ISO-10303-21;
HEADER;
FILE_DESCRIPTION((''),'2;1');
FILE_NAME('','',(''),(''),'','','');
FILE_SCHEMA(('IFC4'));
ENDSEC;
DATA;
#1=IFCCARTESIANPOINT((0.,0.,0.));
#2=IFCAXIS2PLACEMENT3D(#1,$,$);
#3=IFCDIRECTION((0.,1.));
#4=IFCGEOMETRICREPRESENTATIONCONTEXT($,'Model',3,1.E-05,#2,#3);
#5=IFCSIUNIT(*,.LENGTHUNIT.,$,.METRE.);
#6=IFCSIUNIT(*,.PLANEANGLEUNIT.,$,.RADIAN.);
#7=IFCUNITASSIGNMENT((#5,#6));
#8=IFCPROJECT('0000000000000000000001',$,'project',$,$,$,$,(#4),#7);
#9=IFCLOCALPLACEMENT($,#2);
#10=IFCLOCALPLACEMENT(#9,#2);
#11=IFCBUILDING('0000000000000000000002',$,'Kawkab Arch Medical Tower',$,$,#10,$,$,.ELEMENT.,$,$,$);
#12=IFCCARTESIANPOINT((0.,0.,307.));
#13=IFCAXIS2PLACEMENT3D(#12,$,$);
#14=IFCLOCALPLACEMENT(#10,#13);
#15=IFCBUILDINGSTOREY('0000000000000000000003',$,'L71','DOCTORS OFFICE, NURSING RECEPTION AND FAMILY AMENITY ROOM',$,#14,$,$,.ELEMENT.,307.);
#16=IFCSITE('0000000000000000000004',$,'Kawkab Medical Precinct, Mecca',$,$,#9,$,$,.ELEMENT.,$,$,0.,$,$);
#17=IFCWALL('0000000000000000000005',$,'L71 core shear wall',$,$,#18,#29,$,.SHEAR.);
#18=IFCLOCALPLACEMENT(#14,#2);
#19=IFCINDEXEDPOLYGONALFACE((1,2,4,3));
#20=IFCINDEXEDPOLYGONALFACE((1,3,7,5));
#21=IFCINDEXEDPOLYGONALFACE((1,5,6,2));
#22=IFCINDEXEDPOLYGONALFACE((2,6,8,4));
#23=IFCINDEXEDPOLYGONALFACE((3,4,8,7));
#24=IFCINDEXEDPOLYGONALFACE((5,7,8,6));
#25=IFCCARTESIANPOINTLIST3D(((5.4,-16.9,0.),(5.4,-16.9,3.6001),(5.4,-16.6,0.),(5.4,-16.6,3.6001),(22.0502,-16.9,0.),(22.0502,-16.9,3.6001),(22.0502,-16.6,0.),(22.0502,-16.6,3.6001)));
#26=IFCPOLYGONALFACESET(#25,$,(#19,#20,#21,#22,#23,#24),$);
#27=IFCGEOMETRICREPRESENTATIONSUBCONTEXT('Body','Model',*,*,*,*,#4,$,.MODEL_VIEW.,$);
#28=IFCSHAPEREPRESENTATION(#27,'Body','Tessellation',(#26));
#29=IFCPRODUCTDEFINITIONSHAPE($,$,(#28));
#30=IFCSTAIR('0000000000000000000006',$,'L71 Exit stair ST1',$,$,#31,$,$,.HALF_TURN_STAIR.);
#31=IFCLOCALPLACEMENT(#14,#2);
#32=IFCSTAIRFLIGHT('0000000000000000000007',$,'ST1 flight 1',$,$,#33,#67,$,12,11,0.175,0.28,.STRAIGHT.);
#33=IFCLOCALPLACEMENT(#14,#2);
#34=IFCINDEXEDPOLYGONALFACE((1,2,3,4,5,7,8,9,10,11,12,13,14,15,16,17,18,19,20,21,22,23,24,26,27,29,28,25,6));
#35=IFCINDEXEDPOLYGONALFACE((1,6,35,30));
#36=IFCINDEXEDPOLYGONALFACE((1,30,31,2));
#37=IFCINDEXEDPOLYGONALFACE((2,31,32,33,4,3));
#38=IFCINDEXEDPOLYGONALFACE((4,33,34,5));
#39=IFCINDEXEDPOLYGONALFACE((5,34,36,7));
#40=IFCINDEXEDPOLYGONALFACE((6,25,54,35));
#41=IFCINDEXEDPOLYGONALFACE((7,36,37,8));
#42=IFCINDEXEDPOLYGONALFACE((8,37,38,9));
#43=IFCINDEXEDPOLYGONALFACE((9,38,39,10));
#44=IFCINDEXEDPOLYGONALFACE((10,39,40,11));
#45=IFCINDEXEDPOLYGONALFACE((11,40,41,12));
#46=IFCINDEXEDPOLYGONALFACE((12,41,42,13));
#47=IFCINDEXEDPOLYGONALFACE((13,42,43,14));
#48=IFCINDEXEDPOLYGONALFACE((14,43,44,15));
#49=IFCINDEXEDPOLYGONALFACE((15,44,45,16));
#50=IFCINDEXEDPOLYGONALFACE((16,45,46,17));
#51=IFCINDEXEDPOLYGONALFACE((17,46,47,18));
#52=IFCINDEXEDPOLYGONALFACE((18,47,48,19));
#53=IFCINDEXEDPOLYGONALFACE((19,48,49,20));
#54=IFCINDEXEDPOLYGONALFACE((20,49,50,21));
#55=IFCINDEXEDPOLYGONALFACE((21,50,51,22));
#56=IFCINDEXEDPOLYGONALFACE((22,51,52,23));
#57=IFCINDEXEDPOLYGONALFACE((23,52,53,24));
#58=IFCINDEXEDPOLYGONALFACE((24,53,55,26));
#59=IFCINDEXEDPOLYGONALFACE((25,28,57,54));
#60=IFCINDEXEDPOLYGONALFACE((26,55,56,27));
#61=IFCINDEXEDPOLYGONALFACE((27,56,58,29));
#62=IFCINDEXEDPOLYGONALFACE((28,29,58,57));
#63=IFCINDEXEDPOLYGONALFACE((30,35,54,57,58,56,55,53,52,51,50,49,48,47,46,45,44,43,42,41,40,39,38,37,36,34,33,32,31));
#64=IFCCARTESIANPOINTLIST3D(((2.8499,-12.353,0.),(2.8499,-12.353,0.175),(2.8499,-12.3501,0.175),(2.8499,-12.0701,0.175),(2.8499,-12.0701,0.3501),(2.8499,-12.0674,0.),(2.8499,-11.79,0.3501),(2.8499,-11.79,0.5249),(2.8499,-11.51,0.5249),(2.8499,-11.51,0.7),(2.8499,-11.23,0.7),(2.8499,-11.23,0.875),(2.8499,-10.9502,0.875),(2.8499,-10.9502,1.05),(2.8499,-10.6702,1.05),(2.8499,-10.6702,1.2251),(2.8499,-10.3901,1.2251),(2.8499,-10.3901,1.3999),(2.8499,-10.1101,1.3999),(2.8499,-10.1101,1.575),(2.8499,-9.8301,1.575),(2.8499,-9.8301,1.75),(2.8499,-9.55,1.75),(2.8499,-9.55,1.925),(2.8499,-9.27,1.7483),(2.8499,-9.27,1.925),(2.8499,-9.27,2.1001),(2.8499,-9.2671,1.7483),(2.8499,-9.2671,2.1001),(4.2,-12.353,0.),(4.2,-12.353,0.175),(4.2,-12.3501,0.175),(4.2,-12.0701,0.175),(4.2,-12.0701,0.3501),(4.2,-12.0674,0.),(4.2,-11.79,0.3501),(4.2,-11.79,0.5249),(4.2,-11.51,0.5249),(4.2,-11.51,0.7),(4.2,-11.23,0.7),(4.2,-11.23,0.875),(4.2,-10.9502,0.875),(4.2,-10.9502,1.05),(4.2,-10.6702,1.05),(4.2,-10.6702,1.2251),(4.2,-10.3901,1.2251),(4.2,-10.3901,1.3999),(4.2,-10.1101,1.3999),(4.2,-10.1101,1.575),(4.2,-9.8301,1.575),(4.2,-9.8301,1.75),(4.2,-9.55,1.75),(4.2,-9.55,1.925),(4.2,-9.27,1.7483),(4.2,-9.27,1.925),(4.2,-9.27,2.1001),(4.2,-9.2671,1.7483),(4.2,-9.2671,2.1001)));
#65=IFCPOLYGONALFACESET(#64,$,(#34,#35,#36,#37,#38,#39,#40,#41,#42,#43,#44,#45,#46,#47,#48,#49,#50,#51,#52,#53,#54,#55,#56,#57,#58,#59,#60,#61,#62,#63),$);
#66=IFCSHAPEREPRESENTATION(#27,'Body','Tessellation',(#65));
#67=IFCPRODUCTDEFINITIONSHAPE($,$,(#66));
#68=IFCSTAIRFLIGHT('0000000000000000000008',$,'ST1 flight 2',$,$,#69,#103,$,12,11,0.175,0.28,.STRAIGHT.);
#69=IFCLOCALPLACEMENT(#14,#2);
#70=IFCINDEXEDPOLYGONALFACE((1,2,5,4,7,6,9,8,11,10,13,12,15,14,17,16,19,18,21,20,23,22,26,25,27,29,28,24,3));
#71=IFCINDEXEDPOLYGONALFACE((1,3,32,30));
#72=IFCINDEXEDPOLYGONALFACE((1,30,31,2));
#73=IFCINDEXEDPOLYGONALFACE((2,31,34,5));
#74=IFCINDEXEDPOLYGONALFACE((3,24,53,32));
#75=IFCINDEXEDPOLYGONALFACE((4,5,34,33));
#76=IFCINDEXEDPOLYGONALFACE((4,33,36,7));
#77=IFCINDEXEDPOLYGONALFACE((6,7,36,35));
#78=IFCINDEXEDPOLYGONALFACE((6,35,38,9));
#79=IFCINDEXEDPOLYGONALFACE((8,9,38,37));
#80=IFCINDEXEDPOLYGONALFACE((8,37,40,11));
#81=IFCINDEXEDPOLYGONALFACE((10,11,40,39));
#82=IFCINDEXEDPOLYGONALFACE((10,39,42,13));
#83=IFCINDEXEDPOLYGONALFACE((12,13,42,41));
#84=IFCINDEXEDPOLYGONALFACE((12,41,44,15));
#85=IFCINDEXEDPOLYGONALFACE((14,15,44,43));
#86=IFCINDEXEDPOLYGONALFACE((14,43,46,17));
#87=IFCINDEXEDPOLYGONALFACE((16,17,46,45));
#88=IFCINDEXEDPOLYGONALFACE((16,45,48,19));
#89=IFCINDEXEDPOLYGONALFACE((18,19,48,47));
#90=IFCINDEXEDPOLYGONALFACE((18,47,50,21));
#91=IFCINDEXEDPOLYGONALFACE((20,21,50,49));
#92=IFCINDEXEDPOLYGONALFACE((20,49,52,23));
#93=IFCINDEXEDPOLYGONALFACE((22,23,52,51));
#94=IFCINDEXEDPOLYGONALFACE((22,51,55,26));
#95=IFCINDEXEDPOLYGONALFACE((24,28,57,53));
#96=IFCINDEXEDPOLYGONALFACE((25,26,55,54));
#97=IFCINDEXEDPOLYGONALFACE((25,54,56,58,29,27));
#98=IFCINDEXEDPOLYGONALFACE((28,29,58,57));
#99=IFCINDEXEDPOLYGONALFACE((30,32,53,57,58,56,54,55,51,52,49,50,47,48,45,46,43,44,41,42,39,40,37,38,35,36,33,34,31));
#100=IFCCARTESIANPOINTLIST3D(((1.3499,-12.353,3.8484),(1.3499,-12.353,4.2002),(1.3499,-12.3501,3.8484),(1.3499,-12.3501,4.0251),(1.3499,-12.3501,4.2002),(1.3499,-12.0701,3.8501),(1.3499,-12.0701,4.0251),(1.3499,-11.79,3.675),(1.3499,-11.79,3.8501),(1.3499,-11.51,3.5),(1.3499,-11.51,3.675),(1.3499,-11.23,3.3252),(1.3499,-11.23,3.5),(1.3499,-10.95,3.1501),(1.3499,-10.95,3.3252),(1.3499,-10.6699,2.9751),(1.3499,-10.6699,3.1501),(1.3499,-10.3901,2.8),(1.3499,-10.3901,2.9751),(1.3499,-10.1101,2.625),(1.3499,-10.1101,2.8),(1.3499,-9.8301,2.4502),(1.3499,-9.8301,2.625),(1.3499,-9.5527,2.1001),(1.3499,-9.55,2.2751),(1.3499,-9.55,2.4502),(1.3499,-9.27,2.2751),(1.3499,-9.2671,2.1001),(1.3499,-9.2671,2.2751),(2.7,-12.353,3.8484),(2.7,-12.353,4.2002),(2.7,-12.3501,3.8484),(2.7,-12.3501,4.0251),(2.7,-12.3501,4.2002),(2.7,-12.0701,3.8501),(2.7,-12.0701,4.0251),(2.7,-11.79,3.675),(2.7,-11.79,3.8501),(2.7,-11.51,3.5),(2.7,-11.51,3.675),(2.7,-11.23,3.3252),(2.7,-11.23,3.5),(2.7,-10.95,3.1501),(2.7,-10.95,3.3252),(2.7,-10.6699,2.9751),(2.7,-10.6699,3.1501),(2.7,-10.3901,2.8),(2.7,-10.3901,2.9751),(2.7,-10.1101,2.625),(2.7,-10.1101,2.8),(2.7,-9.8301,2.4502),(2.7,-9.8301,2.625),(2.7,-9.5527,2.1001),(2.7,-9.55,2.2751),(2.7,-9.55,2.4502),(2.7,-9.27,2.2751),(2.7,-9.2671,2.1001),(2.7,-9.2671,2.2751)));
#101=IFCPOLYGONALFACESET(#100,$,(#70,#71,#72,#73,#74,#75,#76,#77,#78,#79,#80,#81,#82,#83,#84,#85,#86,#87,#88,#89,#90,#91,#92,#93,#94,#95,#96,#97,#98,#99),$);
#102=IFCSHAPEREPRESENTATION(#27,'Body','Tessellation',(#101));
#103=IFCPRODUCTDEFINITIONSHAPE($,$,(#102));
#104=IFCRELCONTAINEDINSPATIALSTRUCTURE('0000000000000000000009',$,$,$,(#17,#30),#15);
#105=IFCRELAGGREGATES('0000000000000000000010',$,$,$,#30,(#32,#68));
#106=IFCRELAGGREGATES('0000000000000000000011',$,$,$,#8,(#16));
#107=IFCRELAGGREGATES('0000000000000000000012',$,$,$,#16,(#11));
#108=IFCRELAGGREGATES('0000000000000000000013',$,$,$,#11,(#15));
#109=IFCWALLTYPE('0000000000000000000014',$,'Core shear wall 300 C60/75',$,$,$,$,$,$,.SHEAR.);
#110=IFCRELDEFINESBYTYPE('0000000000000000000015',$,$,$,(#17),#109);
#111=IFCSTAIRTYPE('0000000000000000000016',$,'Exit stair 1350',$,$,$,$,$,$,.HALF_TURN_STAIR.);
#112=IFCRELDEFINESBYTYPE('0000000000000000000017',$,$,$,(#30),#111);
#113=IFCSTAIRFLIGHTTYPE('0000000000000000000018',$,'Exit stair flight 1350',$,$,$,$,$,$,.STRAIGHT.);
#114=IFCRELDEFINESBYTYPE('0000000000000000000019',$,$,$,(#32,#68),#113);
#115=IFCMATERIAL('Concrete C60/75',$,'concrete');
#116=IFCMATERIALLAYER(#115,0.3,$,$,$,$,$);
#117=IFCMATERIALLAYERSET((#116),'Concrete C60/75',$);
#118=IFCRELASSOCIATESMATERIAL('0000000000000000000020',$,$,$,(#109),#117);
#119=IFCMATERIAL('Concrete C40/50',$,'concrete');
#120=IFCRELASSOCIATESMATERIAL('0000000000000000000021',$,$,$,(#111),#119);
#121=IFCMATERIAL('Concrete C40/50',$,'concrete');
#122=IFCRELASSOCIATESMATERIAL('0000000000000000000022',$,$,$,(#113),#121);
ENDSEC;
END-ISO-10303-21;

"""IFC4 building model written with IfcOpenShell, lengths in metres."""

from ifc_helpers import new_model, si_unit, direction, frame, frame_2d, origin, place, context, subcontext, project, spatial, polyline, rectangle, outline, extrude, material, layer, layer_set, type_object, element, aggregate, save


model = new_model("IFC4")

# Units and contexts
model_context = context("Model", 3, precision=1e-05, world=origin(), true_north=direction((0.0, 1.0)))
body_context = subcontext(model_context, "Body", "Model", "MODEL_VIEW")
ifc_project = project(units=[si_unit("LENGTHUNIT", "METRE"), si_unit("PLANEANGLEUNIT", "RADIAN")], contexts=[model_context])

# Site, building, storey
site_placement = place(None, origin())
site = spatial("IfcSite", under=ifc_project, at=site_placement, Name="Kawkab Medical Precinct, Mecca", CompositionType="ELEMENT", RefElevation=0.0)
building_placement = place(site_placement, origin())
building = spatial("IfcBuilding", under=site, at=building_placement, Name="Kawkab Arch Medical Tower", CompositionType="ELEMENT")
storey_placement = place(building_placement, frame((0.0, 0.0, 307.0)))
storey = spatial("IfcBuildingStorey", under=building, at=storey_placement, Name="L71", Description="DOCTORS OFFICE, NURSING RECEPTION AND FAMILY AMENITY ROOM", CompositionType="ELEMENT", Elevation=307.0)

# Shared definitions
ifc_material_1 = material(Name="Concrete C60/75", Category="concrete")
ifc_layer_1 = layer(ifc_material_1, 0.3)
ifc_layer_set_1 = layer_set([ifc_layer_1], Name="Concrete C60/75")
wall_type_1 = type_object("IfcWallType", Name="Core shear wall 300 C60/75", PredefinedType="SHEAR", material=ifc_layer_set_1)

# Wall
wall_1_placement = place(storey_placement, frame((5.3999, -16.75, 0.0), z_axis=(0.0, 0.0, 1.0), x_axis=(1.0, 0.0, 0.0)))
element("IfcWall", 1, at=wall_1_placement, inside=storey, type_object=wall_type_1, Name="L71 core shear wall", PredefinedType="SHEAR", context=body_context, shape_type="SweptSolid", body=[
    extrude(rectangle(XDim=16.6501, YDim=0.3, at=frame_2d((8.3252, 0.0))), origin(), (0.0, 0.0, 1.0), 3.6001),
])

# Stair, stair flights
ifc_material_2 = material(Name="Concrete C40/50", Category="concrete")
stair_type = type_object("IfcStairType", Name="Exit stair 1350", PredefinedType="HALF_TURN_STAIR", material=ifc_material_2)
stair_placement = place(storey_placement, origin())
stair = element("IfcStair", 2, at=stair_placement, inside=storey, type_object=stair_type, Name="L71 Exit stair ST1", PredefinedType="HALF_TURN_STAIR")
ifc_material_3 = material(Name="Concrete C40/50", Category="concrete")
stair_flight_type = type_object("IfcStairFlightType", Name="Exit stair flight 1350", PredefinedType="STRAIGHT", material=ifc_material_3)
stair_flight_1_placement = place(storey_placement, frame((3.5249, -12.3501, 0.0), z_axis=(0.0, 0.0, 1.0), x_axis=(0.0, 1.0, 0.0)))
stair_flight_1 = element("IfcStairFlight", 3, at=stair_flight_1_placement, type_object=stair_flight_type, Name="ST1 flight 1", NumberOfRisers=12, NumberOfTreads=11, PredefinedType="STRAIGHT", RiserHeight=0.175, TreadLength=0.28, context=body_context, shape_type="SweptSolid", body=[
    extrude(outline(polyline([(-0.0029, 0.0), (-0.0029, 0.175), (0.0, 0.175), (0.28, 0.175), (0.28, 0.3501), (0.5601, 0.3501), (0.5601, 0.5249), (0.8401, 0.5249), (0.8401, 0.7), (1.1201, 0.7), (1.1201, 0.875), (1.3999, 0.875), (1.3999, 1.05), (1.6799, 1.05), (1.6799, 1.2251), (1.96, 1.2251), (1.96, 1.3999), (2.24, 1.3999), (2.24, 1.575), (2.52, 1.575), (2.52, 1.75), (2.8, 1.75), (2.8, 1.925), (3.0801, 1.925), (3.0801, 2.1001), (3.083, 2.1001), (3.083, 1.7483), (3.0801, 1.7483), (0.2827, 0.0), (-0.0029, 0.0)])), frame((0.0, 0.675, 0.0), z_axis=(0.0, -1.0, 0.0), x_axis=(1.0, 0.0, 0.0)), (0.0, 0.0, 1.0), 1.3501),
])
stair_flight_2_placement = place(storey_placement, frame((2.0249, -9.27, 2.1001), z_axis=(0.0, 0.0, 1.0), x_axis=(0.0, -1.0, 0.0)))
stair_flight_2 = element("IfcStairFlight", 4, at=stair_flight_2_placement, type_object=stair_flight_type, Name="ST1 flight 2", NumberOfRisers=12, NumberOfTreads=11, PredefinedType="STRAIGHT", RiserHeight=0.175, TreadLength=0.28, context=body_context, shape_type="SweptSolid", body=[
    extrude(outline(polyline([(-0.0029, 0.0), (-0.0029, 0.175), (0.0, 0.175), (0.28, 0.175), (0.28, 0.3501), (0.5601, 0.3501), (0.5601, 0.5249), (0.8401, 0.5249), (0.8401, 0.7), (1.1201, 0.7), (1.1201, 0.875), (1.3999, 0.875), (1.3999, 1.05), (1.6799, 1.05), (1.6799, 1.2251), (1.96, 1.2251), (1.96, 1.3999), (2.24, 1.3999), (2.24, 1.575), (2.52, 1.575), (2.52, 1.75), (2.8, 1.75), (2.8, 1.925), (3.0801, 1.925), (3.0801, 2.1001), (3.083, 2.1001), (3.083, 1.7483), (3.0801, 1.7483), (0.2827, 0.0), (-0.0029, 0.0)])), frame((0.0, 0.675, 0.0), z_axis=(0.0, -1.0, 0.0), x_axis=(1.0, 0.0, 0.0)), (0.0, 0.0, 1.0), 1.3501),
])
aggregate(stair, [stair_flight_1, stair_flight_2])

save(model, "model.ifc")
